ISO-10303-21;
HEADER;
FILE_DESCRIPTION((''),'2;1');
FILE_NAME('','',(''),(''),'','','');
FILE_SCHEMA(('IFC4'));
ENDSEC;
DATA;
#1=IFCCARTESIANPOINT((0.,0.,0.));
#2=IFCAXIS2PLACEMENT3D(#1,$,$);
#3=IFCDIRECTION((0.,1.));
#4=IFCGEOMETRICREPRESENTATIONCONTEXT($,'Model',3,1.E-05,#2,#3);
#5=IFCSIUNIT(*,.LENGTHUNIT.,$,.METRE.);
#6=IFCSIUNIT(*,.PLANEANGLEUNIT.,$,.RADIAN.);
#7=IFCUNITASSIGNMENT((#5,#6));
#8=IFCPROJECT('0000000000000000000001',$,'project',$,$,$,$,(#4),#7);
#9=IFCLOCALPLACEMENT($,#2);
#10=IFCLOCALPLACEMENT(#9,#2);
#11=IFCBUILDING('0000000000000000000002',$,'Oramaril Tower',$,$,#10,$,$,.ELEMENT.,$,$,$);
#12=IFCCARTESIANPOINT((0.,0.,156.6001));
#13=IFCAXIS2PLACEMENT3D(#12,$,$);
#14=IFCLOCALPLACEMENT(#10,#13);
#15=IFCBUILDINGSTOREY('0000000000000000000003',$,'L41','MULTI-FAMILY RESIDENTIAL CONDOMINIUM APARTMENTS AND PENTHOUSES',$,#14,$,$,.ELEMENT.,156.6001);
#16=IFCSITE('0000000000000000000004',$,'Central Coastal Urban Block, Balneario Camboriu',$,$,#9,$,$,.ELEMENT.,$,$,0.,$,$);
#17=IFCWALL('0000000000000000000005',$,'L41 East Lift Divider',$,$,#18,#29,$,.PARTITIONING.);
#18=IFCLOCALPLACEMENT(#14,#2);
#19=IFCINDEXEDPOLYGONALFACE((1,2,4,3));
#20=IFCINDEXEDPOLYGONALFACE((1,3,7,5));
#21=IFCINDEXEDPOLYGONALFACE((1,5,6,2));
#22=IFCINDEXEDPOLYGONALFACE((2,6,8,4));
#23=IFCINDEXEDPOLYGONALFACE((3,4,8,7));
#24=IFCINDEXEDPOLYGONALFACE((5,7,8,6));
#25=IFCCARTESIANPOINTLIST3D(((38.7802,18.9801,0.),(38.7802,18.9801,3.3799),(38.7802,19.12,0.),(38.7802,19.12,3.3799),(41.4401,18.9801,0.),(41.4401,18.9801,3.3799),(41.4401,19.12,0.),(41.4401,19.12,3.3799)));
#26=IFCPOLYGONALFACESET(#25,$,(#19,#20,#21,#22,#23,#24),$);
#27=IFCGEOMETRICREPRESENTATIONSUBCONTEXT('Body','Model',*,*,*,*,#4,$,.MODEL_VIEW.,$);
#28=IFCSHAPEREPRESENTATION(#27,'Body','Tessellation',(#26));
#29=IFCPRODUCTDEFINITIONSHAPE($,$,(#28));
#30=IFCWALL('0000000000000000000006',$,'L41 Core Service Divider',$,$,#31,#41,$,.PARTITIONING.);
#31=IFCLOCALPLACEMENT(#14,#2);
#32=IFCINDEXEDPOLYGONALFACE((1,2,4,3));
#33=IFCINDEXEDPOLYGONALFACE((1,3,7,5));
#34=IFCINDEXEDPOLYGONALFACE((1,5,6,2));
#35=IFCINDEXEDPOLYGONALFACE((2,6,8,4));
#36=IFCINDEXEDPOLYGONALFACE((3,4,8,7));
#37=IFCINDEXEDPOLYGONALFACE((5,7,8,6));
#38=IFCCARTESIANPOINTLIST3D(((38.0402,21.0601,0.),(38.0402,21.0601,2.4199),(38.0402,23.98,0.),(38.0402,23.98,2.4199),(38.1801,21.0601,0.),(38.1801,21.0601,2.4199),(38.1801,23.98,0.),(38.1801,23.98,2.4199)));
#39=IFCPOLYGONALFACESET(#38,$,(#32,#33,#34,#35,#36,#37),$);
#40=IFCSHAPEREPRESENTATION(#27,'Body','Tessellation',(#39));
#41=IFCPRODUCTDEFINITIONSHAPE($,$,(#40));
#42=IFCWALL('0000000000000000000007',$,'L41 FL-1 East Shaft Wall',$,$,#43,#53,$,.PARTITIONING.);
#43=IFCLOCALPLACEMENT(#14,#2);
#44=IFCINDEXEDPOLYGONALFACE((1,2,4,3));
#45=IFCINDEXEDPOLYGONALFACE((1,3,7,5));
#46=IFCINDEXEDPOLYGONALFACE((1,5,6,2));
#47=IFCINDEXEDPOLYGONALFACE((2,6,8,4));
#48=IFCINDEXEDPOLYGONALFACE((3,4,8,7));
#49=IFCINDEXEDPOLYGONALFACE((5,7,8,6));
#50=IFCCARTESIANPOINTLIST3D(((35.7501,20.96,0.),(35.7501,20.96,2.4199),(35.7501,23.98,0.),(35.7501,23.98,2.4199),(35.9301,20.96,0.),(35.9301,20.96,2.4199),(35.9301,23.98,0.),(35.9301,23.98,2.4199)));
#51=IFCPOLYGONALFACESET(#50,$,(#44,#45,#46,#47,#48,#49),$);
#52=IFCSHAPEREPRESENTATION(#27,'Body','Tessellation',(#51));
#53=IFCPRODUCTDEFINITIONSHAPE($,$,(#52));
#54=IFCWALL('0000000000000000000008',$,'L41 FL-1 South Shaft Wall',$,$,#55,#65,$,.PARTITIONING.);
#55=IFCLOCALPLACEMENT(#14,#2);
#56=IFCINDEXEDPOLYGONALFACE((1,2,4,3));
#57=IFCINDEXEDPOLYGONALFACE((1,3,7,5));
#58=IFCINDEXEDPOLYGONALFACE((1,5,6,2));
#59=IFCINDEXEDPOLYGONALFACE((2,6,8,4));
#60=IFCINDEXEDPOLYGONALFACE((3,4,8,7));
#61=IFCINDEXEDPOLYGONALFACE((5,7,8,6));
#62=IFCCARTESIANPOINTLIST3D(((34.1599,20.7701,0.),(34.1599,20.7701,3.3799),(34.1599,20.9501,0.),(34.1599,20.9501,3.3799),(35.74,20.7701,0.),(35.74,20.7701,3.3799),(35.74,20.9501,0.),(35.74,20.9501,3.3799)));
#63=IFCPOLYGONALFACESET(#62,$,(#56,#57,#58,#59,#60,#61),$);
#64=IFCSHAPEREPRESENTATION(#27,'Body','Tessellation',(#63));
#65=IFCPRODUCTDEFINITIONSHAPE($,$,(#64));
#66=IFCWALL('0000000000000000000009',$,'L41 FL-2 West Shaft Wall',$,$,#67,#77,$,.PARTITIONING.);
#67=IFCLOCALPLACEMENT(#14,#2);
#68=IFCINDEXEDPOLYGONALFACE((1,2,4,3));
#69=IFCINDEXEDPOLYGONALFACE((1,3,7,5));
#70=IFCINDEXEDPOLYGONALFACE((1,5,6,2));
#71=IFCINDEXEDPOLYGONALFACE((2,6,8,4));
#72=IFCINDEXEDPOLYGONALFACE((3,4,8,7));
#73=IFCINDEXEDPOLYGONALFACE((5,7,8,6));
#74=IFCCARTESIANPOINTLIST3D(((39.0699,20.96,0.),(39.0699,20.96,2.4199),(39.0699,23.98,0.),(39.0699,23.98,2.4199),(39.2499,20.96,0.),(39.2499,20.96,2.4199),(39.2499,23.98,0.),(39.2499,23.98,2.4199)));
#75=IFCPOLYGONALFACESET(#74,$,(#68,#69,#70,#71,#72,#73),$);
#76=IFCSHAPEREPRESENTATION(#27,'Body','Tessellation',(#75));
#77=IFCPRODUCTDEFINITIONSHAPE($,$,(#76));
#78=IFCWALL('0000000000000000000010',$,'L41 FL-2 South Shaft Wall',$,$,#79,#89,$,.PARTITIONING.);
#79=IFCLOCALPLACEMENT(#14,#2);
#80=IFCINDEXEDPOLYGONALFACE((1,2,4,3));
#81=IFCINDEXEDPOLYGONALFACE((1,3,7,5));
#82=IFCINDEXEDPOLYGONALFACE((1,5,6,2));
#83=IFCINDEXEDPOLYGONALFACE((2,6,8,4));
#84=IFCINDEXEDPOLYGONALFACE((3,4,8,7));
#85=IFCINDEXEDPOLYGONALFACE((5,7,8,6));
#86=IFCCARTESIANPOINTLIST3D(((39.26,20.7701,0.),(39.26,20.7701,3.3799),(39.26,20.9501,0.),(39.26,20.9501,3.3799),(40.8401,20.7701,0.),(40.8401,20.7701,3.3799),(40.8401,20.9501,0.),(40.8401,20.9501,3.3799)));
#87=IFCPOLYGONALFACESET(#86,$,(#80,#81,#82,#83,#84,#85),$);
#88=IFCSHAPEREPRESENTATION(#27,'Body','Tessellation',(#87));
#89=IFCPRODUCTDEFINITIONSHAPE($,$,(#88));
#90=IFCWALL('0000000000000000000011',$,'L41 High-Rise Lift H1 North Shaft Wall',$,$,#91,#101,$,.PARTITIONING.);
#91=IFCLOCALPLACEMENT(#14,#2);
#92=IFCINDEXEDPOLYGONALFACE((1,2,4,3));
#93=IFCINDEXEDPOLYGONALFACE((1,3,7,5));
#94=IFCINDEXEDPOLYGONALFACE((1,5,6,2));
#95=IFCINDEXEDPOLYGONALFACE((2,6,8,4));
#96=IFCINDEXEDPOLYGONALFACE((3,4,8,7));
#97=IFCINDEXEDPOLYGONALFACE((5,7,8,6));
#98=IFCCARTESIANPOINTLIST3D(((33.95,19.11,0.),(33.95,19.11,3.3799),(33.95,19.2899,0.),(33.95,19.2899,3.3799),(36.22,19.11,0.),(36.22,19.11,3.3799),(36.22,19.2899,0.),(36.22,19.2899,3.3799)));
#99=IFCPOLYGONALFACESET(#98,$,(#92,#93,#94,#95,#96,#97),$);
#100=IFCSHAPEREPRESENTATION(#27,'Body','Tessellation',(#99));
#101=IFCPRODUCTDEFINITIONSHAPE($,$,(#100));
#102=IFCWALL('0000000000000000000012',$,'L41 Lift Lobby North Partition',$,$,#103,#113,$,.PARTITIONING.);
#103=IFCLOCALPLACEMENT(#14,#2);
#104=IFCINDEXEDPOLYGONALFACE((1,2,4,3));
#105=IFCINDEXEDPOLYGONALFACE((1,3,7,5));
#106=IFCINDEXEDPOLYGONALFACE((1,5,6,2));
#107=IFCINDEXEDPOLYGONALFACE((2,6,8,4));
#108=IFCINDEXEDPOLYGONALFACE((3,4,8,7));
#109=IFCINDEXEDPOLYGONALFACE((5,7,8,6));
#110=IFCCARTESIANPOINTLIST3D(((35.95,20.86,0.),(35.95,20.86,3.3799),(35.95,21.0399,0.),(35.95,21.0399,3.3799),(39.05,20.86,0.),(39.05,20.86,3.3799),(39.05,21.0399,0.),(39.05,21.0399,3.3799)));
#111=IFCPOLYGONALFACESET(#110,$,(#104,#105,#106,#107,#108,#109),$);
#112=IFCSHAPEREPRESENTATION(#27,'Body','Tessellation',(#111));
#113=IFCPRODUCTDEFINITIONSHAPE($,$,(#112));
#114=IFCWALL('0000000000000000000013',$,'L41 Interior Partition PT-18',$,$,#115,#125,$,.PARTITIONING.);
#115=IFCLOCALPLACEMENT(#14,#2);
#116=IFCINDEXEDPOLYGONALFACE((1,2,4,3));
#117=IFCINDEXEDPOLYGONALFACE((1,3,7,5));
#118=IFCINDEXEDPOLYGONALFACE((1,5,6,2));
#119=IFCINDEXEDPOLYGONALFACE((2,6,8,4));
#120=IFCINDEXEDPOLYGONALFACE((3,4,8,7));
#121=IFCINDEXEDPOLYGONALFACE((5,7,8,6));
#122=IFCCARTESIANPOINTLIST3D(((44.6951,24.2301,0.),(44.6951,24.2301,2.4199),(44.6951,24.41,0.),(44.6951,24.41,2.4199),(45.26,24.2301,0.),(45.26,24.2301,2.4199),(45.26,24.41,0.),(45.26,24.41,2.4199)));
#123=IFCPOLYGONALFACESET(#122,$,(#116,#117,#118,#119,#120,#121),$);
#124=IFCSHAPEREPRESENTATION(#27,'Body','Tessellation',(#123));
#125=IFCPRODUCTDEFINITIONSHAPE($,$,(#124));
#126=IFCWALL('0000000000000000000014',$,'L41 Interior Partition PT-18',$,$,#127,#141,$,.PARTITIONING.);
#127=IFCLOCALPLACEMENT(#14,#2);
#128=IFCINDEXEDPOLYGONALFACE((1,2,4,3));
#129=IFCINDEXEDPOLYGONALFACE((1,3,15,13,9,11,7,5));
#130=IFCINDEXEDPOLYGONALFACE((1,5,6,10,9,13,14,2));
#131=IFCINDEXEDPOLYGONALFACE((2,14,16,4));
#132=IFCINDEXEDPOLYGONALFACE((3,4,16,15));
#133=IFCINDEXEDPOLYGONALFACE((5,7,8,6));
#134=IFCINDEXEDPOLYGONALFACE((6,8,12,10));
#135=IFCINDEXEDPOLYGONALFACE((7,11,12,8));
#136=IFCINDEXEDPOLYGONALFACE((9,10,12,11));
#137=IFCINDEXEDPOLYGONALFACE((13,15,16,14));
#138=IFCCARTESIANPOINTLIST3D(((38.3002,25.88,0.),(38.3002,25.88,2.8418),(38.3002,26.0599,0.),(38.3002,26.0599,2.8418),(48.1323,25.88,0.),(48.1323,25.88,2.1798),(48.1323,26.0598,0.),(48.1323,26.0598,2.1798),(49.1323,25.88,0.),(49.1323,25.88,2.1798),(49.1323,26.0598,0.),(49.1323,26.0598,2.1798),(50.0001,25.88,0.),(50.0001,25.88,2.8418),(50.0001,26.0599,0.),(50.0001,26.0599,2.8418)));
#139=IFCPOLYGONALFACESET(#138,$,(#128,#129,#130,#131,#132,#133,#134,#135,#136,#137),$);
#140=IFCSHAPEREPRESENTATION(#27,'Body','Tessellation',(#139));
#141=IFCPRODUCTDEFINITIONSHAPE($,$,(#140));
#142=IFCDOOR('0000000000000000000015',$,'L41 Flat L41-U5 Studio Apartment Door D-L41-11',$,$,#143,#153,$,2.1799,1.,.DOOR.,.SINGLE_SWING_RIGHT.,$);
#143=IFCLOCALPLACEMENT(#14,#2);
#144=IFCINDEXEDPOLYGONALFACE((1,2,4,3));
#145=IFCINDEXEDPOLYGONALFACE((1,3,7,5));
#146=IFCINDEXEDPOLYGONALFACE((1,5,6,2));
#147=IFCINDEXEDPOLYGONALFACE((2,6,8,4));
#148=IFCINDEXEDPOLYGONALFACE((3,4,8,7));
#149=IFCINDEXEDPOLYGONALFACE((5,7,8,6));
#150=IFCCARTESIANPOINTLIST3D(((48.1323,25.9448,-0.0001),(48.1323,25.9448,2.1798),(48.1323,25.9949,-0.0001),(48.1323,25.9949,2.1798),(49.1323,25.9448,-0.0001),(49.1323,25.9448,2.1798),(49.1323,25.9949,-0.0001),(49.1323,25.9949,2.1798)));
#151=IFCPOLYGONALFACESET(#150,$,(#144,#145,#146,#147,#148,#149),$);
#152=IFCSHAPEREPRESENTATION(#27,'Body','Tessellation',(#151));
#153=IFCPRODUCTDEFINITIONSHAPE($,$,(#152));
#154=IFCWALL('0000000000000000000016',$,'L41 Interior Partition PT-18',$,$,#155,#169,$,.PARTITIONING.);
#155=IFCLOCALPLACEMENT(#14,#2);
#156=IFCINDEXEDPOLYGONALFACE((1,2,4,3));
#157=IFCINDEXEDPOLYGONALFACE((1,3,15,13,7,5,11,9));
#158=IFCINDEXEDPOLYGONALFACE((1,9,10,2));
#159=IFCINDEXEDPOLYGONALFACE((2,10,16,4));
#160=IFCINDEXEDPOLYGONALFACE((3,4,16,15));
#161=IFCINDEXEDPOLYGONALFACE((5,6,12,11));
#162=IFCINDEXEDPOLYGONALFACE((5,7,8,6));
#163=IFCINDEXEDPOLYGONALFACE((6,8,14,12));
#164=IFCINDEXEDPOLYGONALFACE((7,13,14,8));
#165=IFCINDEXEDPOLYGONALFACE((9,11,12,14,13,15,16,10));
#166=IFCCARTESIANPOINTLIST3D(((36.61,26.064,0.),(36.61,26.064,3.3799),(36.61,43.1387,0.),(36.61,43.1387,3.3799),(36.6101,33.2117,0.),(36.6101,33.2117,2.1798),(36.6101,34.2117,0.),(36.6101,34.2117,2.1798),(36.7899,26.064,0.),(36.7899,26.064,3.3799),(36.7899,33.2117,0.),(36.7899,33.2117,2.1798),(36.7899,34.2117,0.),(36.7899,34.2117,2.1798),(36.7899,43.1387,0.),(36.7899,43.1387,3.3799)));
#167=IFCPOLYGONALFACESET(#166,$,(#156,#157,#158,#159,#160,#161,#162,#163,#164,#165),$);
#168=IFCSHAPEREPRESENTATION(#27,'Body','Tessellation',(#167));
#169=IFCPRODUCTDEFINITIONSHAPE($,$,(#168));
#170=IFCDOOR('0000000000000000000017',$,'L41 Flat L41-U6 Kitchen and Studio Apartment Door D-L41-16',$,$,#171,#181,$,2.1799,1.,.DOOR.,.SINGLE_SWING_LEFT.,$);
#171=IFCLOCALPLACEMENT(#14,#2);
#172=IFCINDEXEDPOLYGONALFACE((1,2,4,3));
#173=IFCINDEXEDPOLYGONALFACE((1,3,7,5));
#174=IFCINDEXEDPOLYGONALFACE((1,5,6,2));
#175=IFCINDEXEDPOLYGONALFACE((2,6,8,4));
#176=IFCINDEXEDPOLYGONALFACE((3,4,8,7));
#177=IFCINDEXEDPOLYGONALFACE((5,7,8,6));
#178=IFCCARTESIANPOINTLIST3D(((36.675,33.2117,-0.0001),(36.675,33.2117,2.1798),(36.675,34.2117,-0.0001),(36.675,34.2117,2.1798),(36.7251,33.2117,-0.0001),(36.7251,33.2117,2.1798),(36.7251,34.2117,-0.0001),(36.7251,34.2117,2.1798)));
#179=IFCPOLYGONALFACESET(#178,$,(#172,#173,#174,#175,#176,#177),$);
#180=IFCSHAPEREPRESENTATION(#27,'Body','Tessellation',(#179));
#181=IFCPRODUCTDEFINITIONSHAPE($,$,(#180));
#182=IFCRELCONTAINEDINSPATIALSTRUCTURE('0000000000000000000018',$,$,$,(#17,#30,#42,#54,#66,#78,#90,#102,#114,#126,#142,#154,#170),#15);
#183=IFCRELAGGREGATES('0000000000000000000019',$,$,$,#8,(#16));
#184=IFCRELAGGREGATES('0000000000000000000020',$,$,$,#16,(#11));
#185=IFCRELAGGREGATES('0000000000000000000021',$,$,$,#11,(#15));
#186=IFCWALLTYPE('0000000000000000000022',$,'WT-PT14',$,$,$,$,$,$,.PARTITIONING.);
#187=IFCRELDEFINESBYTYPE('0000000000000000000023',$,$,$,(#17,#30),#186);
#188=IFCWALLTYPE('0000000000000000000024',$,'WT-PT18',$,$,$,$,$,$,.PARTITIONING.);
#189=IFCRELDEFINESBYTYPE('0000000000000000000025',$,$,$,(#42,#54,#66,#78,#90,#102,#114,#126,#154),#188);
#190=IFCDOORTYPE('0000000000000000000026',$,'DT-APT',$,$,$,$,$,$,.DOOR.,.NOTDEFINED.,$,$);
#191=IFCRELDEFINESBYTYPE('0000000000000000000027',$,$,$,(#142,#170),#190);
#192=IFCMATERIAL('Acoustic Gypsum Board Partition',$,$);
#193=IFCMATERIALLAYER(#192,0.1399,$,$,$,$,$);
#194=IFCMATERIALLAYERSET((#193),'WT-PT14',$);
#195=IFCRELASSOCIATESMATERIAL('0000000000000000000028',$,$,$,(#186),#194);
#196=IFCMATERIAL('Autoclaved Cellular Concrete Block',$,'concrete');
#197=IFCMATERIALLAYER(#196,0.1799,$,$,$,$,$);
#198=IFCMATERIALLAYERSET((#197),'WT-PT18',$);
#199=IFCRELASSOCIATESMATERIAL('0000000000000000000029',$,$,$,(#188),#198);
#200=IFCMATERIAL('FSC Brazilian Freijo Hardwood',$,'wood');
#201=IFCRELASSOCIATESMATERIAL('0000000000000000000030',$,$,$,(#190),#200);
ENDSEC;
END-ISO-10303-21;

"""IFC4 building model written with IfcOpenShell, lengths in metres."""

from ifc_helpers import new_model, si_unit, direction, frame, frame_2d, origin, place, context, subcontext, project, spatial, rectangle, extrude, material, layer, layer_set, type_object, element, fill, save


model = new_model("IFC4")

# Units and contexts
model_context = context("Model", 3, precision=1e-05, world=origin(), true_north=direction((0.0, 1.0)))
body_context = subcontext(model_context, "Body", "Model", "MODEL_VIEW")
ifc_project = project(units=[si_unit("LENGTHUNIT", "METRE"), si_unit("PLANEANGLEUNIT", "RADIAN")], contexts=[model_context])

# Site, building, storey
site_placement = place(None, origin())
site = spatial("IfcSite", under=ifc_project, at=site_placement, Name="Central Coastal Urban Block, Balneario Camboriu", CompositionType="ELEMENT", RefElevation=0.0)
building_placement = place(site_placement, origin())
building = spatial("IfcBuilding", under=site, at=building_placement, Name="Oramaril Tower", CompositionType="ELEMENT")
storey_placement = place(building_placement, frame((0.0, 0.0, 156.6001)))
storey = spatial("IfcBuildingStorey", under=building, at=storey_placement, Name="L41", Description="MULTI-FAMILY RESIDENTIAL CONDOMINIUM APARTMENTS AND PENTHOUSES", CompositionType="ELEMENT", Elevation=156.6001)

# Walls
ifc_material_1 = material(Name="Acoustic Gypsum Board Partition")
ifc_layer_1 = layer(ifc_material_1, 0.1399)
ifc_layer_set_1 = layer_set([ifc_layer_1], Name="WT-PT14")
wall_type_1 = type_object("IfcWallType", Name="WT-PT14", PredefinedType="PARTITIONING", material=ifc_layer_set_1)
wall_1_placement = place(storey_placement, frame((38.78, 19.05, 0.0), z_axis=(0.0, 0.0, 1.0), x_axis=(1.0, 0.0, 0.0)))
element("IfcWall", 1, at=wall_1_placement, inside=storey, type_object=wall_type_1, Name="L41 East Lift Divider", PredefinedType="PARTITIONING", context=body_context, shape_type="SweptSolid", body=[
    extrude(rectangle(XDim=2.6599, YDim=0.1399, at=frame_2d((1.3301, 0.0))), origin(), (0.0, 0.0, 1.0), 3.3799),
])
wall_2_placement = place(storey_placement, frame((38.1101, 21.0601, 0.0), z_axis=(0.0, 0.0, 1.0), x_axis=(0.0, 1.0, 0.0)))
element("IfcWall", 2, at=wall_2_placement, inside=storey, type_object=wall_type_1, Name="L41 Core Service Divider", PredefinedType="PARTITIONING", context=body_context, shape_type="SweptSolid", body=[
    extrude(rectangle(XDim=2.9199, YDim=0.1399, at=frame_2d((1.46, 0.0))), origin(), (0.0, 0.0, 1.0), 2.4199),
])
ifc_material_2 = material(Name="Autoclaved Cellular Concrete Block", Category="concrete")
ifc_layer_2 = layer(ifc_material_2, 0.1799)
ifc_layer_set_2 = layer_set([ifc_layer_2], Name="WT-PT18")
wall_type_2 = type_object("IfcWallType", Name="WT-PT18", PredefinedType="PARTITIONING", material=ifc_layer_set_2)
wall_3_placement = place(storey_placement, frame((35.8401, 20.96, 0.0), z_axis=(0.0, 0.0, 1.0), x_axis=(0.0, 1.0, 0.0)))
element("IfcWall", 3, at=wall_3_placement, inside=storey, type_object=wall_type_2, Name="L41 FL-1 East Shaft Wall", PredefinedType="PARTITIONING", context=body_context, shape_type="SweptSolid", body=[
    extrude(rectangle(XDim=3.02, YDim=0.1799, at=frame_2d((1.51, 0.0))), origin(), (0.0, 0.0, 1.0), 2.4199),
])
wall_4_placement = place(storey_placement, frame((34.1599, 20.8601, 0.0), z_axis=(0.0, 0.0, 1.0), x_axis=(1.0, 0.0, 0.0)))
element("IfcWall", 4, at=wall_4_placement, inside=storey, type_object=wall_type_2, Name="L41 FL-1 South Shaft Wall", PredefinedType="PARTITIONING", context=body_context, shape_type="SweptSolid", body=[
    extrude(rectangle(XDim=1.5801, YDim=0.1799, at=frame_2d((0.79, 0.0))), origin(), (0.0, 0.0, 1.0), 3.3799),
])
wall_5_placement = place(storey_placement, frame((39.1599, 20.96, 0.0), z_axis=(0.0, 0.0, 1.0), x_axis=(0.0, 1.0, 0.0)))
element("IfcWall", 5, at=wall_5_placement, inside=storey, type_object=wall_type_2, Name="L41 FL-2 West Shaft Wall", PredefinedType="PARTITIONING", context=body_context, shape_type="SweptSolid", body=[
    extrude(rectangle(XDim=3.02, YDim=0.1799, at=frame_2d((1.51, 0.0))), origin(), (0.0, 0.0, 1.0), 2.4199),
])
wall_6_placement = place(storey_placement, frame((39.26, 20.8601, 0.0), z_axis=(0.0, 0.0, 1.0), x_axis=(1.0, 0.0, 0.0)))
element("IfcWall", 6, at=wall_6_placement, inside=storey, type_object=wall_type_2, Name="L41 FL-2 South Shaft Wall", PredefinedType="PARTITIONING", context=body_context, shape_type="SweptSolid", body=[
    extrude(rectangle(XDim=1.5801, YDim=0.1799, at=frame_2d((0.79, 0.0))), origin(), (0.0, 0.0, 1.0), 3.3799),
])
wall_7_placement = place(storey_placement, frame((33.95, 19.2, 0.0), z_axis=(0.0, 0.0, 1.0), x_axis=(1.0, 0.0, 0.0)))
element("IfcWall", 7, at=wall_7_placement, inside=storey, type_object=wall_type_2, Name="L41 High-Rise Lift H1 North Shaft Wall", PredefinedType="PARTITIONING", context=body_context, shape_type="SweptSolid", body=[
    extrude(rectangle(XDim=2.27, YDim=0.1799, at=frame_2d((1.135, 0.0))), origin(), (0.0, 0.0, 1.0), 3.3799),
])
wall_8_placement = place(storey_placement, frame((35.95, 20.95, 0.0), z_axis=(0.0, 0.0, 1.0), x_axis=(1.0, 0.0, 0.0)))
element("IfcWall", 8, at=wall_8_placement, inside=storey, type_object=wall_type_2, Name="L41 Lift Lobby North Partition", PredefinedType="PARTITIONING", context=body_context, shape_type="SweptSolid", body=[
    extrude(rectangle(XDim=3.1001, YDim=0.1799, at=frame_2d((1.55, 0.0))), origin(), (0.0, 0.0, 1.0), 3.3799),
])
wall_9_placement = place(storey_placement, frame((44.6951, 24.3201, 0.0), z_axis=(0.0, 0.0, 1.0), x_axis=(1.0, 0.0, 0.0)))
element("IfcWall", 9, at=wall_9_placement, inside=storey, type_object=wall_type_2, Name="L41 Interior Partition PT-18", PredefinedType="PARTITIONING", context=body_context, shape_type="SweptSolid", body=[
    extrude(rectangle(XDim=0.5649, YDim=0.1799, at=frame_2d((0.2825, 0.0))), origin(), (0.0, 0.0, 1.0), 2.4199),
])

# Walls, openings, doors
wall_10_placement = place(storey_placement, frame((38.3, 25.97, 0.0), z_axis=(0.0, 0.0, 1.0), x_axis=(1.0, 0.0, 0.0)))
wall_10 = element("IfcWall", 10, at=wall_10_placement, inside=storey, type_object=wall_type_2, Name="L41 Interior Partition PT-18", PredefinedType="PARTITIONING", context=body_context, shape_type="SweptSolid", body=[
    extrude(rectangle(XDim=11.7, YDim=0.1799, at=frame_2d((5.8501, 0.0))), origin(), (0.0, 0.0, 1.0), 2.8418),
])
opening_1_placement = place(wall_10_placement, frame((9.8323, 0.0, 0.0)))
opening_1 = element("IfcOpeningElement", 11, at=opening_1_placement, cuts=wall_10, PredefinedType="OPENING", context=body_context, shape_type="SweptSolid", body=[
    extrude(rectangle(XDim=1.0, YDim=2.1799, at=frame_2d((0.5, 1.0898))), frame((0.0, 0.0898, 0.0), z_axis=(0.0, -1.0, 0.0), x_axis=(1.0, 0.0, 0.0)), (0.0, 0.0, 1.0), 0.1799),
])
ifc_material_3 = material(Name="FSC Brazilian Freijo Hardwood", Category="wood")
door_type_1 = type_object("IfcDoorType", Name="DT-APT", OperationType="NOTDEFINED", PredefinedType="DOOR", material=ifc_material_3)
door_1_placement = place(opening_1_placement, origin())
door_1 = element("IfcDoor", 12, at=door_1_placement, inside=storey, type_object=door_type_1, Name="L41 Flat L41-U5 Studio Apartment Door D-L41-11", OperationType="SINGLE_SWING_RIGHT", OverallHeight=2.1799, OverallWidth=1.0, PredefinedType="DOOR", context=body_context, shape_type="SweptSolid", body=[
    extrude(rectangle(XDim=1.0, YDim=2.1799, at=frame_2d((0.5, 1.0898))), frame((0.0, 0.0249, 0.0), z_axis=(0.0, -1.0, 0.0), x_axis=(1.0, 0.0, 0.0)), (0.0, 0.0, 1.0), 0.05),
])
fill(opening_1, door_1)
wall_11_placement = place(storey_placement, frame((36.7, 26.064, 0.0), z_axis=(0.0, 0.0, 1.0), x_axis=(0.0, 1.0, 0.0)))
wall_11 = element("IfcWall", 13, at=wall_11_placement, inside=storey, type_object=wall_type_2, Name="L41 Interior Partition PT-18", PredefinedType="PARTITIONING", context=body_context, shape_type="SweptSolid", body=[
    extrude(rectangle(XDim=17.0747, YDim=0.1799, at=frame_2d((8.5374, 0.0))), origin(), (0.0, 0.0, 1.0), 3.3799),
])
opening_2_placement = place(wall_11_placement, frame((7.1477, 0.0, 0.0)))
opening_2 = element("IfcOpeningElement", 14, at=opening_2_placement, cuts=wall_11, PredefinedType="OPENING", context=body_context, shape_type="SweptSolid", body=[
    extrude(rectangle(XDim=1.0, YDim=2.1799, at=frame_2d((0.5, 1.0898))), frame((0.0, 0.0898, 0.0), z_axis=(0.0, -1.0, 0.0), x_axis=(1.0, 0.0, 0.0)), (0.0, 0.0, 1.0), 0.1799),
])
door_2_placement = place(opening_2_placement, origin())
door_2 = element("IfcDoor", 15, at=door_2_placement, inside=storey, type_object=door_type_1, Name="L41 Flat L41-U6 Kitchen and Studio Apartment Door D-L41-16", OperationType="SINGLE_SWING_LEFT", OverallHeight=2.1799, OverallWidth=1.0, PredefinedType="DOOR", context=body_context, shape_type="SweptSolid", body=[
    extrude(rectangle(XDim=1.0, YDim=2.1799, at=frame_2d((0.5, 1.0898))), frame((0.0, 0.0249, 0.0), z_axis=(0.0, -1.0, 0.0), x_axis=(1.0, 0.0, 0.0)), (0.0, 0.0, 1.0), 0.05),
])
fill(opening_2, door_2)

save(model, "model.ifc")
